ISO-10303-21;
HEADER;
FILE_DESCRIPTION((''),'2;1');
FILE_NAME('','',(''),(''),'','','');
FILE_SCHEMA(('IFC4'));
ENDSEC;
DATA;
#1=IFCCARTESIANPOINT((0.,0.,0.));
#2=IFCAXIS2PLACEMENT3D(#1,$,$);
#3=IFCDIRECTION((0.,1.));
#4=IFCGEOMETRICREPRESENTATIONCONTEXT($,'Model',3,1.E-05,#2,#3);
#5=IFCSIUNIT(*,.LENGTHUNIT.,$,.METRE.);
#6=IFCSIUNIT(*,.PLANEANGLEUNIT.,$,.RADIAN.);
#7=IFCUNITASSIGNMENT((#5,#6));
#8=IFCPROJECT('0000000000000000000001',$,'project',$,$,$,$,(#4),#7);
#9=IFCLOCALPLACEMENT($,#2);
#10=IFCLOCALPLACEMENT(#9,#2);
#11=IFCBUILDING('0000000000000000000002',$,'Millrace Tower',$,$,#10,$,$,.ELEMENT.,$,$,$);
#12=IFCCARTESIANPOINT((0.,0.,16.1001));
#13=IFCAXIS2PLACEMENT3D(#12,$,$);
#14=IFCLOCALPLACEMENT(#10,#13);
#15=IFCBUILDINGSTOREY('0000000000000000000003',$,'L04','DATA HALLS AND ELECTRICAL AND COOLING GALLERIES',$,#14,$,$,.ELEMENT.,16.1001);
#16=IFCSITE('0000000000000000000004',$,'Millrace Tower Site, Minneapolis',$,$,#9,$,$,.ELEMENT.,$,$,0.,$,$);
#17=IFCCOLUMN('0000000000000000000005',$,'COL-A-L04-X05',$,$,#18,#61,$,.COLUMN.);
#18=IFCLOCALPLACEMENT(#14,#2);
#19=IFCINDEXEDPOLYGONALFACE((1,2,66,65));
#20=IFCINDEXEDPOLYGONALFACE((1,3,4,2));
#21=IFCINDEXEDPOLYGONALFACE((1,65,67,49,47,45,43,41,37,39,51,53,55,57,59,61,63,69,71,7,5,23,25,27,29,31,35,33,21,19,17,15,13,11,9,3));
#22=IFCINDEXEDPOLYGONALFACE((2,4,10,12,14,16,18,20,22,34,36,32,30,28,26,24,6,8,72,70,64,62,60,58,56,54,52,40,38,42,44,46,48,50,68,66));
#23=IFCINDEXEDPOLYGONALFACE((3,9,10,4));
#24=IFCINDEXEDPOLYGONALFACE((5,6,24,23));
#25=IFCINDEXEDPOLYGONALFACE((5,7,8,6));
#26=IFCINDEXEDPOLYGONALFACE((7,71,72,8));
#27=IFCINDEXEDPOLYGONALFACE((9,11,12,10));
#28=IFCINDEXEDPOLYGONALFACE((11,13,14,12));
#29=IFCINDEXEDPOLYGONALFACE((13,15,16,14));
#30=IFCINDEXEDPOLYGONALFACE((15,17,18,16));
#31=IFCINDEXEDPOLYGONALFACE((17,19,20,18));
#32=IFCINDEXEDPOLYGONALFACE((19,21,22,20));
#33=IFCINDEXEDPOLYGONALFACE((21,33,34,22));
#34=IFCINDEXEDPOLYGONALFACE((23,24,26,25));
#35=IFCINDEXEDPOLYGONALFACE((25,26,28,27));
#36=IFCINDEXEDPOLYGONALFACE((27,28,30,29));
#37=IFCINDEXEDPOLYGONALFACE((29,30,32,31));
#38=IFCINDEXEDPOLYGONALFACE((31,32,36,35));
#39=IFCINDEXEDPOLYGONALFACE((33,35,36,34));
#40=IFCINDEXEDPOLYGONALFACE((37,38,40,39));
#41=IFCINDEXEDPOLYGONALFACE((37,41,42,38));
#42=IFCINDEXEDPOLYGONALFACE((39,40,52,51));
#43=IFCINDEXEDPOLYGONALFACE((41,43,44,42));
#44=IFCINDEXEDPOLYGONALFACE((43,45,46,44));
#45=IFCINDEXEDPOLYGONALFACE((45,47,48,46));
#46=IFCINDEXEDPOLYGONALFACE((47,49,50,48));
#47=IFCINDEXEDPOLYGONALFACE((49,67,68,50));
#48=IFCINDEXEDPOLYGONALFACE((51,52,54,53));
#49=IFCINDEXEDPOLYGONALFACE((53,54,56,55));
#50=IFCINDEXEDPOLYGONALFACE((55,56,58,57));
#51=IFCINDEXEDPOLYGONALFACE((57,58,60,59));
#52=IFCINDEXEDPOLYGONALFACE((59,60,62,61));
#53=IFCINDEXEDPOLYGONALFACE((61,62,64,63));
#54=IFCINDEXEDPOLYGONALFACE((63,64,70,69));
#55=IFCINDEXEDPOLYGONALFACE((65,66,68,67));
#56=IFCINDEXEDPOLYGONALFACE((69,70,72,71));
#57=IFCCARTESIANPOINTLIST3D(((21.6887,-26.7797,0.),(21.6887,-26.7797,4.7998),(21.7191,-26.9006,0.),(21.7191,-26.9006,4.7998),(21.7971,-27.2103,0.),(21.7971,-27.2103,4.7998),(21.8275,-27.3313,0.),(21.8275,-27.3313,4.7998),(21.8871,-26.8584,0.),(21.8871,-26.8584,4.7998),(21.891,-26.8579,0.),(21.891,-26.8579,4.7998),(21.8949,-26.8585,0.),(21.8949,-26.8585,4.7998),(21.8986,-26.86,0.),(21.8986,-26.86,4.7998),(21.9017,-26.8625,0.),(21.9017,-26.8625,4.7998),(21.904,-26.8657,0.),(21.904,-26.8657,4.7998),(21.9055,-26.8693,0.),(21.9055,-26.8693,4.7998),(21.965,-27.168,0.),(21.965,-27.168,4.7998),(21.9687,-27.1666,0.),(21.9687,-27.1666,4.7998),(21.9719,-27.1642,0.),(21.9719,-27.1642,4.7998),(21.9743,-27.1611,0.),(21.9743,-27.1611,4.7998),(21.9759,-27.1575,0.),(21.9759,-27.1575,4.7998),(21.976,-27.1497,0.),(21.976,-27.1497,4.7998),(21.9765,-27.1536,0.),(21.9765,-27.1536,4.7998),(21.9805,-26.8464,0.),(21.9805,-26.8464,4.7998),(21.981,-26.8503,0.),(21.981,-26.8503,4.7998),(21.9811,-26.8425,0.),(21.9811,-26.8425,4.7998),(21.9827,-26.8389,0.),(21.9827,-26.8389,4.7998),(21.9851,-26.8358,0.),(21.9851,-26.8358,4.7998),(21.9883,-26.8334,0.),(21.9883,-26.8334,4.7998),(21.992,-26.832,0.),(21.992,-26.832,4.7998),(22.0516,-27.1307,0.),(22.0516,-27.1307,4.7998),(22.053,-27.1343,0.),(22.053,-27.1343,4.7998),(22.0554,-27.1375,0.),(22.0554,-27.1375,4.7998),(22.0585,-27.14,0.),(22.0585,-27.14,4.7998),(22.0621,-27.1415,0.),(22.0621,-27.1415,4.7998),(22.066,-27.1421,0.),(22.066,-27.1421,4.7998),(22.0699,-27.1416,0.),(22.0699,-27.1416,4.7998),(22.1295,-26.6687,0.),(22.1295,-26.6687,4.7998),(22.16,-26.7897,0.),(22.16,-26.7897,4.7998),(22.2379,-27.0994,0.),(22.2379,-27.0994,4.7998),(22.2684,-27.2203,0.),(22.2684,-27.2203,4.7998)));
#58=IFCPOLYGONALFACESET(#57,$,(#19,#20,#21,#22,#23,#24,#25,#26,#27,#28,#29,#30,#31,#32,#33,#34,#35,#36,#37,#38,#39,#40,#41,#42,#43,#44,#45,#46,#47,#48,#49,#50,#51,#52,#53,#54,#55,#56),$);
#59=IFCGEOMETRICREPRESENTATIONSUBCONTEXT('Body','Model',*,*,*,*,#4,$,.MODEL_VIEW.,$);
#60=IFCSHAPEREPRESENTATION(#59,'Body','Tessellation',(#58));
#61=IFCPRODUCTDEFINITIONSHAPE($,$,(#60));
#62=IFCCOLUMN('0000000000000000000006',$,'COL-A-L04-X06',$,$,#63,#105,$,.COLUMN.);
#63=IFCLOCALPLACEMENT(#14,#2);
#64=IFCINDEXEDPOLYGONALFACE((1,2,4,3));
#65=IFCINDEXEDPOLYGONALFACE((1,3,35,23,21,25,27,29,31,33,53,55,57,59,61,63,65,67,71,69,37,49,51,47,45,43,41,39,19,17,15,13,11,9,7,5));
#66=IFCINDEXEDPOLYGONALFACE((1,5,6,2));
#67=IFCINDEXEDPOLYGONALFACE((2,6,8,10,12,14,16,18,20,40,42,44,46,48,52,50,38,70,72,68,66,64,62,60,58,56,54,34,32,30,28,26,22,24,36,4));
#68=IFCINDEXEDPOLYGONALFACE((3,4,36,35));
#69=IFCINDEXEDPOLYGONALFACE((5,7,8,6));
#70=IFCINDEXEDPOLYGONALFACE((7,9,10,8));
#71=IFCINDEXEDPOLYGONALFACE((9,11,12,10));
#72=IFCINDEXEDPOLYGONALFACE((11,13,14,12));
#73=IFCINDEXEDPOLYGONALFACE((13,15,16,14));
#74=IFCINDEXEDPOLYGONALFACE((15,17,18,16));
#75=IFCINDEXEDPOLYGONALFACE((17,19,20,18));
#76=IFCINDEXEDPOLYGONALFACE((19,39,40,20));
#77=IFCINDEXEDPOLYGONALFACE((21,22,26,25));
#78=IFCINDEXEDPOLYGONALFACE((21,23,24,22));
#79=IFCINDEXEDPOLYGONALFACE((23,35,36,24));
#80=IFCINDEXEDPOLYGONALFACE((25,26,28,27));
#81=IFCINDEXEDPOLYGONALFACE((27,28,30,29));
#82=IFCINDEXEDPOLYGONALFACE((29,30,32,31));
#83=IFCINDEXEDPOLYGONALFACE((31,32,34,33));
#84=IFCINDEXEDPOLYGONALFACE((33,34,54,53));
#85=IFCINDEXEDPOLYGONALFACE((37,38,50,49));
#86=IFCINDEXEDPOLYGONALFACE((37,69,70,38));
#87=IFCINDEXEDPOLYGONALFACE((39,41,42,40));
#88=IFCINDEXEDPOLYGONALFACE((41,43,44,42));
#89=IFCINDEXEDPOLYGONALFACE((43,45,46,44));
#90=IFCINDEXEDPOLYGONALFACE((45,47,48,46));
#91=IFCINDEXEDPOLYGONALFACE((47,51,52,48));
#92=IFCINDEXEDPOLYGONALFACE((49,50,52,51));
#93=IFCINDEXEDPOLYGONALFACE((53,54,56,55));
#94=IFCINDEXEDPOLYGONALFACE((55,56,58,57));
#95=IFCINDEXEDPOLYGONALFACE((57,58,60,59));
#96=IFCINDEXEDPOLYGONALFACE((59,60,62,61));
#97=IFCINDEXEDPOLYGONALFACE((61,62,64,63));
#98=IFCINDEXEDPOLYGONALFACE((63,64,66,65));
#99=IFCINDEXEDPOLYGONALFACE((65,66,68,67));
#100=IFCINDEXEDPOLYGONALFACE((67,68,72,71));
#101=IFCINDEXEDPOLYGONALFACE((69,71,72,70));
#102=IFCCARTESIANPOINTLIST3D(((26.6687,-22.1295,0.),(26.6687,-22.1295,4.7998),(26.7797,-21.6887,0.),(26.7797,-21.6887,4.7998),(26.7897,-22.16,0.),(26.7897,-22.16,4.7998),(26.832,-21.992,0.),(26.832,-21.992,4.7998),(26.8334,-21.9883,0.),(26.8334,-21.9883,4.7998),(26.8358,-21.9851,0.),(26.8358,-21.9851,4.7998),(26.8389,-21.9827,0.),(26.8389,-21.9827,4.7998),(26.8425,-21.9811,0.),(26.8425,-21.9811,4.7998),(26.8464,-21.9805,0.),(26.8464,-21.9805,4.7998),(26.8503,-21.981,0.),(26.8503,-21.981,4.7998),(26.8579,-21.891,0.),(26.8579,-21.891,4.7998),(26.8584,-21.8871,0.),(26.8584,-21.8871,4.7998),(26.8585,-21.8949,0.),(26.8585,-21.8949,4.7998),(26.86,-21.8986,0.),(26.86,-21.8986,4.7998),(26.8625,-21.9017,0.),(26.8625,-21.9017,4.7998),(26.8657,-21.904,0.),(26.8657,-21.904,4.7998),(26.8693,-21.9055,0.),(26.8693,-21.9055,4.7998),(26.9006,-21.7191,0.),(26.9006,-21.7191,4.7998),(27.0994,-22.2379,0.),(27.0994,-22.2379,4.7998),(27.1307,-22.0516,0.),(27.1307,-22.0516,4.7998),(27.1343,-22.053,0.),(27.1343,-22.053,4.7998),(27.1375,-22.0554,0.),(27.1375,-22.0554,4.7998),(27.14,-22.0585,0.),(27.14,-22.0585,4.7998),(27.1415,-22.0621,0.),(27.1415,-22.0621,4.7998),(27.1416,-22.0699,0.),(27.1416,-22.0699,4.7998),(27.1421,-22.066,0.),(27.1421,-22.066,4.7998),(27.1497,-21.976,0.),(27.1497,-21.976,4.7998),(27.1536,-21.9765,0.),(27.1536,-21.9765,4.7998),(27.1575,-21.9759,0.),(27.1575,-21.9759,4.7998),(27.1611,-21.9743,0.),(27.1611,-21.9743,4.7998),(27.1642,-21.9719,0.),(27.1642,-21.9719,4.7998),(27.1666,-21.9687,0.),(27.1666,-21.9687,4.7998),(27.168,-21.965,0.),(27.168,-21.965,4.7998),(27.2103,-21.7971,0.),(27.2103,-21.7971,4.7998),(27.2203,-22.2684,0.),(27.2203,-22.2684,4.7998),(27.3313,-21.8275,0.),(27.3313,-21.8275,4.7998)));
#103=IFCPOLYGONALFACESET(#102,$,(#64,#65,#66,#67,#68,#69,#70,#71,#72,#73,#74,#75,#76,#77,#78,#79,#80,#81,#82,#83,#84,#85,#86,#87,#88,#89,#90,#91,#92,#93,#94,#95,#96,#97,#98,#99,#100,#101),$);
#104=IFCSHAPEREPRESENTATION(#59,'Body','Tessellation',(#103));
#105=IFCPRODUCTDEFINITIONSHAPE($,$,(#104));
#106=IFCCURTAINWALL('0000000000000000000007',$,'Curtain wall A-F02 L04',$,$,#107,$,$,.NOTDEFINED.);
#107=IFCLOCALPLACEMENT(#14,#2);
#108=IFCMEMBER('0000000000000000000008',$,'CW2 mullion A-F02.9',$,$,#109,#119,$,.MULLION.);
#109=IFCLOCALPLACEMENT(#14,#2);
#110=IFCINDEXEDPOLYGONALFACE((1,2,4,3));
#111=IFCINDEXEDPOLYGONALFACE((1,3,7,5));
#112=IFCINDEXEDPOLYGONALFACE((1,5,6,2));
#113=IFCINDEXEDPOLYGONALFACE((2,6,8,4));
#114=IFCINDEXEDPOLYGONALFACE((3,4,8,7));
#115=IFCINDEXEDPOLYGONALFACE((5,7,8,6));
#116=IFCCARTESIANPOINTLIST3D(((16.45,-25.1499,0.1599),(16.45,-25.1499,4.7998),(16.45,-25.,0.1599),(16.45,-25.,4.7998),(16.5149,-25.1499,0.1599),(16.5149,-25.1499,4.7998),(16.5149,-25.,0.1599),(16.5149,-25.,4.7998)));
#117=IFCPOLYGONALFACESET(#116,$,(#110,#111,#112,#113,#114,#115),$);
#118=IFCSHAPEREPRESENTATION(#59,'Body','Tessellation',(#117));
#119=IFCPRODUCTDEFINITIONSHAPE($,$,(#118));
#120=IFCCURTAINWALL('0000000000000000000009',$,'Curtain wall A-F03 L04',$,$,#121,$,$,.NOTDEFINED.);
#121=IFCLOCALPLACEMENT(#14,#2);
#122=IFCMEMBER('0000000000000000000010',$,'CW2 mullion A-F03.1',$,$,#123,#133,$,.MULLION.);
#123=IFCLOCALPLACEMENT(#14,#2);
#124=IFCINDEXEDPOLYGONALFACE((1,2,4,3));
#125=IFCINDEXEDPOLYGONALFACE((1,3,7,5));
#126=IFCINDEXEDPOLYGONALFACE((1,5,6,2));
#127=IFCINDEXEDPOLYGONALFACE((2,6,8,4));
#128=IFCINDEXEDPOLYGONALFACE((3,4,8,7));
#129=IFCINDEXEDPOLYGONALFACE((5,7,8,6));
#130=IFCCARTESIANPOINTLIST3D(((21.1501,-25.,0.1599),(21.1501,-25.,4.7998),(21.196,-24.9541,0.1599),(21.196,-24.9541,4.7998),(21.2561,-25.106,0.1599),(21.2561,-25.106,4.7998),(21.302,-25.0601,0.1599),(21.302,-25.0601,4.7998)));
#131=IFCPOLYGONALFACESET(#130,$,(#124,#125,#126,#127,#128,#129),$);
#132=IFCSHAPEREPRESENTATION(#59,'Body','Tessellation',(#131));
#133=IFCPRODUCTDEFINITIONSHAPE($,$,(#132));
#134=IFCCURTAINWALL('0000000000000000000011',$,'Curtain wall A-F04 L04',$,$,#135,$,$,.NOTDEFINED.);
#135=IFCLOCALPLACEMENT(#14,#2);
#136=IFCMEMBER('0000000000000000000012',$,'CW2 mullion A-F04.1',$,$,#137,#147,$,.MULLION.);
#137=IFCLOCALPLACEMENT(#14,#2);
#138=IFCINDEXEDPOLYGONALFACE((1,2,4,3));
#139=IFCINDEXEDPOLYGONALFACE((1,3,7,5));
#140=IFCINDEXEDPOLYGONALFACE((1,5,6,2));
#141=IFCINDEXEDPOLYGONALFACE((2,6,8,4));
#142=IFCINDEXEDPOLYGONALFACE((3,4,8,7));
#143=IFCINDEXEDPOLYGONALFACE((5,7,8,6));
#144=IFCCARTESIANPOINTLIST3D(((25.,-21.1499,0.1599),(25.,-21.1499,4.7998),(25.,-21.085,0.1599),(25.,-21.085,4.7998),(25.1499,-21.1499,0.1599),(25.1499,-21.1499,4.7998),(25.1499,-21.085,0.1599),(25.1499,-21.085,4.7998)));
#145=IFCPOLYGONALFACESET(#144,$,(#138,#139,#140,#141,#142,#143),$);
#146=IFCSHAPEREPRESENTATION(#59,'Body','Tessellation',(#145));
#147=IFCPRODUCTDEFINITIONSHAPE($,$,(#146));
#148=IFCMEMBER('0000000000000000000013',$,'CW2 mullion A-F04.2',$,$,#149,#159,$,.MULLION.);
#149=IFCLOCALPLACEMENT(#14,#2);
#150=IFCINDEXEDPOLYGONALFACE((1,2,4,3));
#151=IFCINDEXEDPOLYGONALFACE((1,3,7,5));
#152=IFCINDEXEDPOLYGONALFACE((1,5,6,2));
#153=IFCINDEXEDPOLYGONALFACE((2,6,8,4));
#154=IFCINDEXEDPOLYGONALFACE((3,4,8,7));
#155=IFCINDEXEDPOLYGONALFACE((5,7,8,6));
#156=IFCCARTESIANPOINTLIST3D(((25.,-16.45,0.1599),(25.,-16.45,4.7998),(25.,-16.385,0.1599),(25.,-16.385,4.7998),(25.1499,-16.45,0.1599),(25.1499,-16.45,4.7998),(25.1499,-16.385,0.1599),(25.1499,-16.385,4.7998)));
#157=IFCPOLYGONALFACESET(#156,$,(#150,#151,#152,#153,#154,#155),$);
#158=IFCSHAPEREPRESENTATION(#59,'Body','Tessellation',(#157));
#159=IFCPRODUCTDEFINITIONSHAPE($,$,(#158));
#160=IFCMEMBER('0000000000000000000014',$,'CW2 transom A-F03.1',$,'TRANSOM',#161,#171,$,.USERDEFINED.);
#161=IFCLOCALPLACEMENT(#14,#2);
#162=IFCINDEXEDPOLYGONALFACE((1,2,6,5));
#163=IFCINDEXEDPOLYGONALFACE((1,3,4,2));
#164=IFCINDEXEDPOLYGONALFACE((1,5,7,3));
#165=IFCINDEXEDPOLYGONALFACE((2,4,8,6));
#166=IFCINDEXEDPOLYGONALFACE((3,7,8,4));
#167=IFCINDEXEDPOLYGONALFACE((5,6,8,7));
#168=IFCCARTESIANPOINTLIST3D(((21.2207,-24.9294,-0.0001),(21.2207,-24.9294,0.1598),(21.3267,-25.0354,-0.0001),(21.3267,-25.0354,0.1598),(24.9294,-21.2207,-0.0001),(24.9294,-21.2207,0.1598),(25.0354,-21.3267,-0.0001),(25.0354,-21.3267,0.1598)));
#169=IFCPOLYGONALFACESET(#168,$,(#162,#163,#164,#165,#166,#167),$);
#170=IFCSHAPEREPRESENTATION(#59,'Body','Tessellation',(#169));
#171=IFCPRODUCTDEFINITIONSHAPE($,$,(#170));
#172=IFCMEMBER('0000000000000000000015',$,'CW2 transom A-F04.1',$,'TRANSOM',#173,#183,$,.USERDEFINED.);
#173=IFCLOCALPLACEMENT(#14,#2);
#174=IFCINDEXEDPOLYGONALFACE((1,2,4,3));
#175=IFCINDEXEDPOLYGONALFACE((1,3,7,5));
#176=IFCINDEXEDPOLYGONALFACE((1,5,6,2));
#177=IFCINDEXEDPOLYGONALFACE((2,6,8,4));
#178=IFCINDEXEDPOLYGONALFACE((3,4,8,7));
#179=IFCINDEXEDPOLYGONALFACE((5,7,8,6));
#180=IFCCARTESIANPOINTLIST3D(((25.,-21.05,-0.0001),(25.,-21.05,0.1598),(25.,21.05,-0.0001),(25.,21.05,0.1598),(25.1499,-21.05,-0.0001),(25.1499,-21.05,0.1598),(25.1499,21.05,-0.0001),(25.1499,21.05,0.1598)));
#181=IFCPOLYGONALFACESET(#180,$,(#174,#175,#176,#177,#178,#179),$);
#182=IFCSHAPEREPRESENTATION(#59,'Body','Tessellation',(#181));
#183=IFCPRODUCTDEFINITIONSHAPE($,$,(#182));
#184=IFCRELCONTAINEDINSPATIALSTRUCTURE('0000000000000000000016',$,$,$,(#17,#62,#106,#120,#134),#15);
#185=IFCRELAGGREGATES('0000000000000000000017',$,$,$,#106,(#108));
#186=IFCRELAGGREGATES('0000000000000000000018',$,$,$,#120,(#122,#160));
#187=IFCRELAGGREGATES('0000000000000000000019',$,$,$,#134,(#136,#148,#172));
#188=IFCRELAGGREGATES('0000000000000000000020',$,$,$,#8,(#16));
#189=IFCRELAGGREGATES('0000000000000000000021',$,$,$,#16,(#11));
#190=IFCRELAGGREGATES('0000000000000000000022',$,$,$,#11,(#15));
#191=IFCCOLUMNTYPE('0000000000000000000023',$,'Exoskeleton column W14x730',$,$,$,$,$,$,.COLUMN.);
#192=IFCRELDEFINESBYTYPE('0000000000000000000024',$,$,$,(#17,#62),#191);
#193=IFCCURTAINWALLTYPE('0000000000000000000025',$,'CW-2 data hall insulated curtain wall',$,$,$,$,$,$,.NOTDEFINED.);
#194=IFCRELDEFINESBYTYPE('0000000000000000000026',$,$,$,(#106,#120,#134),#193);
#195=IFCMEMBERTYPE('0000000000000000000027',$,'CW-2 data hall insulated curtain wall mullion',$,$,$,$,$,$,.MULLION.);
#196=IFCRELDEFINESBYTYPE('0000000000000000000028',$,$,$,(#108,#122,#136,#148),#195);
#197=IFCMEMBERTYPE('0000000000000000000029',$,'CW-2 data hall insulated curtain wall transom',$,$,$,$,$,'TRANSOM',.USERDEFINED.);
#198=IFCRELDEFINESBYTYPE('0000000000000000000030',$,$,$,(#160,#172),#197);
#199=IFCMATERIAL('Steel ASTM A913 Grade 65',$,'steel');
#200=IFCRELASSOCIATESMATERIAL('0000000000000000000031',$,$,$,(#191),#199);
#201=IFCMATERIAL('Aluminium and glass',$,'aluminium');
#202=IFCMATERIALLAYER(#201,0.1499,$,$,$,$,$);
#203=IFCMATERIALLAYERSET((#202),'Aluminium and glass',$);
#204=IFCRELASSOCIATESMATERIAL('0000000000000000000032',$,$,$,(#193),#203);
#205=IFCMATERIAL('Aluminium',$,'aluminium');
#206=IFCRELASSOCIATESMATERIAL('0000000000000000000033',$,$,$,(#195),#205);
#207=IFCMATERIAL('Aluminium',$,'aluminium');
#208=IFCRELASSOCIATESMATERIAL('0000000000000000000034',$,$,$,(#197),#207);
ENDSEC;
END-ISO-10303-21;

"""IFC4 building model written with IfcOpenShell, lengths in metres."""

from ifc_helpers import new_model, si_unit, direction, frame, origin, origin_2d, place, context, subcontext, project, spatial, rectangle, i_section, extrude, material, layer, layer_set, material_profile, profile_set, type_object, element, aggregate, save


model = new_model("IFC4")

# Units and contexts
model_context = context("Model", 3, precision=1e-05, world=origin(), true_north=direction((0.0, 1.0)))
body_context = subcontext(model_context, "Body", "Model", "MODEL_VIEW")
ifc_project = project(units=[si_unit("LENGTHUNIT", "METRE"), si_unit("PLANEANGLEUNIT", "RADIAN")], contexts=[model_context])

# Site, building, storey
site_placement = place(None, origin())
site = spatial("IfcSite", under=ifc_project, at=site_placement, Name="Millrace Tower Site, Minneapolis", CompositionType="ELEMENT", RefElevation=0.0)
building_placement = place(site_placement, origin())
building = spatial("IfcBuilding", under=site, at=building_placement, Name="Millrace Tower", CompositionType="ELEMENT")
storey_placement = place(building_placement, frame((0.0, 0.0, 16.1001)))
storey = spatial("IfcBuildingStorey", under=building, at=storey_placement, Name="L04", Description="DATA HALLS AND ELECTRICAL AND COOLING GALLERIES", CompositionType="ELEMENT", Elevation=16.1001)

# Columns
ifc_material_1 = material(Name="Steel ASTM A913 Grade 65", Category="steel")
ifc_material_profile_1 = material_profile(ifc_material_1, i_section(OverallWidth=0.4546, OverallDepth=0.5688, WebThickness=0.0779, FlangeThickness=0.1248, FilletRadius=0.0151, at=origin_2d()))
ifc_profile_set_1 = profile_set([ifc_material_profile_1], Name="Steel ASTM A913 Grade 65")
column_type = type_object("IfcColumnType", Name="Exoskeleton column W14x730", PredefinedType="COLUMN", material=ifc_profile_set_1)
for number, where, z_axis, x_axis, name in (
    (1, (21.9785, -27.0, 0.0), (0.0, 0.0, 1.0), (0.969752, 0.244094, 0.0), "COL-A-L04-X05"),
    (2, (27.0, -21.9785, 0.0), (0.0, 0.0, 1.0), (0.244094, 0.969752, 0.0), "COL-A-L04-X06"),
):
    element("IfcColumn", number, at=place(storey_placement, frame(where, z_axis=z_axis, x_axis=x_axis)), inside=storey, type_object=column_type, Name=name, PredefinedType="COLUMN", context=body_context, shape_type="SweptSolid", body=[
        extrude(i_section(OverallWidth=0.4546, OverallDepth=0.5688, WebThickness=0.0779, FlangeThickness=0.1248, FilletRadius=0.0151, at=origin_2d()), origin(), (0.0, 0.0, 1.0), 4.7998),
    ])

# Curtain walls, members
ifc_material_2 = material(Name="Aluminium and glass", Category="aluminium")
ifc_layer_1 = layer(ifc_material_2, 0.1499)
ifc_layer_set_1 = layer_set([ifc_layer_1], Name="Aluminium and glass")
curtain_wall_type = type_object("IfcCurtainWallType", Name="CW-2 data hall insulated curtain wall", PredefinedType="NOTDEFINED", material=ifc_layer_set_1)
placement_1 = place(storey_placement, origin())
curtain_wall_1 = element("IfcCurtainWall", 3, at=placement_1, inside=storey, type_object=curtain_wall_type, Name="Curtain wall A-F02 L04", PredefinedType="NOTDEFINED")
ifc_material_3 = material(Name="Aluminium", Category="aluminium")
ifc_material_profile_2 = material_profile(ifc_material_3, rectangle(XDim=0.0649, YDim=0.1499, at=origin_2d()))
ifc_profile_set_2 = profile_set([ifc_material_profile_2], Name="Aluminium")
member_type_1 = type_object("IfcMemberType", Name="CW-2 data hall insulated curtain wall mullion", PredefinedType="MULLION", material=ifc_profile_set_2)
member_1_placement = place(storey_placement, frame((16.4824, -25.075, 0.1599), z_axis=(0.0, 0.0, 1.0), x_axis=(1.0, 0.0, 0.0)))
member_1 = element("IfcMember", 4, at=member_1_placement, type_object=member_type_1, Name="CW2 mullion A-F02.9", PredefinedType="MULLION", context=body_context, shape_type="SweptSolid", body=[
    extrude(rectangle(XDim=0.0649, YDim=0.1499, at=origin_2d()), origin(), (0.0, 0.0, 1.0), 4.6399),
])
aggregate(curtain_wall_1, [member_1])
curtain_wall_2 = element("IfcCurtainWall", 5, at=placement_1, inside=storey, type_object=curtain_wall_type, Name="Curtain wall A-F03 L04", PredefinedType="NOTDEFINED")
member_2_placement = place(storey_placement, frame((21.2261, -25.03, 0.1599), z_axis=(0.0, 0.0, 1.0), x_axis=(0.707107, 0.707107, 0.0)))
member_2 = element("IfcMember", 6, at=member_2_placement, type_object=member_type_1, Name="CW2 mullion A-F03.1", PredefinedType="MULLION", context=body_context, shape_type="SweptSolid", body=[
    extrude(rectangle(XDim=0.0649, YDim=0.1499, at=origin_2d()), origin(), (0.0, 0.0, 1.0), 4.6399),
])

# Curtain wall, members
curtain_wall_3 = element("IfcCurtainWall", 7, at=placement_1, inside=storey, type_object=curtain_wall_type, Name="Curtain wall A-F04 L04", PredefinedType="NOTDEFINED")
member_3_placement = place(storey_placement, frame((25.075, -21.1174, 0.1599), z_axis=(0.0, 0.0, 1.0), x_axis=(0.0, 1.0, 0.0)))
member_3 = element("IfcMember", 8, at=member_3_placement, type_object=member_type_1, Name="CW2 mullion A-F04.1", PredefinedType="MULLION", context=body_context, shape_type="SweptSolid", body=[
    extrude(rectangle(XDim=0.0649, YDim=0.1499, at=origin_2d()), origin(), (0.0, 0.0, 1.0), 4.6399),
])
member_4_placement = place(storey_placement, frame((25.075, -16.4175, 0.1599), z_axis=(0.0, 0.0, 1.0), x_axis=(0.0, 1.0, 0.0)))
member_4 = element("IfcMember", 9, at=member_4_placement, type_object=member_type_1, Name="CW2 mullion A-F04.2", PredefinedType="MULLION", context=body_context, shape_type="SweptSolid", body=[
    extrude(rectangle(XDim=0.0649, YDim=0.1499, at=origin_2d()), origin(), (0.0, 0.0, 1.0), 4.6399),
])

# Members
ifc_material_4 = material(Name="Aluminium", Category="aluminium")
ifc_material_profile_3 = material_profile(ifc_material_4, rectangle(XDim=0.1499, YDim=0.1599, at=origin_2d()))
ifc_profile_set_3 = profile_set([ifc_material_profile_3], Name="Aluminium")
member_type_2 = type_object("IfcMemberType", Name="CW-2 data hall insulated curtain wall transom", ElementType="TRANSOM", PredefinedType="USERDEFINED", material=ifc_profile_set_3)
member_5_placement = place(storey_placement, frame((21.2737, -24.9824, 0.0798), z_axis=(0.707107, 0.707107, 0.0), x_axis=(-0.707107, 0.707107, 0.0)))
member_5 = element("IfcMember", 10, at=member_5_placement, type_object=member_type_2, Name="CW2 transom A-F03.1", ObjectType="TRANSOM", PredefinedType="USERDEFINED", context=body_context, shape_type="SweptSolid", body=[
    extrude(rectangle(XDim=0.1499, YDim=0.1599, at=origin_2d()), origin(), (0.0, 0.0, 1.0), 5.2449),
])
aggregate(curtain_wall_2, [member_2, member_5])
member_6_placement = place(storey_placement, frame((25.075, -21.05, 0.0798), z_axis=(0.0, 1.0, 0.0), x_axis=(-1.0, 0.0, 0.0)))
member_6 = element("IfcMember", 11, at=member_6_placement, type_object=member_type_2, Name="CW2 transom A-F04.1", ObjectType="TRANSOM", PredefinedType="USERDEFINED", context=body_context, shape_type="SweptSolid", body=[
    extrude(rectangle(XDim=0.1499, YDim=0.1599, at=origin_2d()), origin(), (0.0, 0.0, 1.0), 42.1001),
])
aggregate(curtain_wall_3, [member_3, member_4, member_6])

save(model, "model.ifc")
